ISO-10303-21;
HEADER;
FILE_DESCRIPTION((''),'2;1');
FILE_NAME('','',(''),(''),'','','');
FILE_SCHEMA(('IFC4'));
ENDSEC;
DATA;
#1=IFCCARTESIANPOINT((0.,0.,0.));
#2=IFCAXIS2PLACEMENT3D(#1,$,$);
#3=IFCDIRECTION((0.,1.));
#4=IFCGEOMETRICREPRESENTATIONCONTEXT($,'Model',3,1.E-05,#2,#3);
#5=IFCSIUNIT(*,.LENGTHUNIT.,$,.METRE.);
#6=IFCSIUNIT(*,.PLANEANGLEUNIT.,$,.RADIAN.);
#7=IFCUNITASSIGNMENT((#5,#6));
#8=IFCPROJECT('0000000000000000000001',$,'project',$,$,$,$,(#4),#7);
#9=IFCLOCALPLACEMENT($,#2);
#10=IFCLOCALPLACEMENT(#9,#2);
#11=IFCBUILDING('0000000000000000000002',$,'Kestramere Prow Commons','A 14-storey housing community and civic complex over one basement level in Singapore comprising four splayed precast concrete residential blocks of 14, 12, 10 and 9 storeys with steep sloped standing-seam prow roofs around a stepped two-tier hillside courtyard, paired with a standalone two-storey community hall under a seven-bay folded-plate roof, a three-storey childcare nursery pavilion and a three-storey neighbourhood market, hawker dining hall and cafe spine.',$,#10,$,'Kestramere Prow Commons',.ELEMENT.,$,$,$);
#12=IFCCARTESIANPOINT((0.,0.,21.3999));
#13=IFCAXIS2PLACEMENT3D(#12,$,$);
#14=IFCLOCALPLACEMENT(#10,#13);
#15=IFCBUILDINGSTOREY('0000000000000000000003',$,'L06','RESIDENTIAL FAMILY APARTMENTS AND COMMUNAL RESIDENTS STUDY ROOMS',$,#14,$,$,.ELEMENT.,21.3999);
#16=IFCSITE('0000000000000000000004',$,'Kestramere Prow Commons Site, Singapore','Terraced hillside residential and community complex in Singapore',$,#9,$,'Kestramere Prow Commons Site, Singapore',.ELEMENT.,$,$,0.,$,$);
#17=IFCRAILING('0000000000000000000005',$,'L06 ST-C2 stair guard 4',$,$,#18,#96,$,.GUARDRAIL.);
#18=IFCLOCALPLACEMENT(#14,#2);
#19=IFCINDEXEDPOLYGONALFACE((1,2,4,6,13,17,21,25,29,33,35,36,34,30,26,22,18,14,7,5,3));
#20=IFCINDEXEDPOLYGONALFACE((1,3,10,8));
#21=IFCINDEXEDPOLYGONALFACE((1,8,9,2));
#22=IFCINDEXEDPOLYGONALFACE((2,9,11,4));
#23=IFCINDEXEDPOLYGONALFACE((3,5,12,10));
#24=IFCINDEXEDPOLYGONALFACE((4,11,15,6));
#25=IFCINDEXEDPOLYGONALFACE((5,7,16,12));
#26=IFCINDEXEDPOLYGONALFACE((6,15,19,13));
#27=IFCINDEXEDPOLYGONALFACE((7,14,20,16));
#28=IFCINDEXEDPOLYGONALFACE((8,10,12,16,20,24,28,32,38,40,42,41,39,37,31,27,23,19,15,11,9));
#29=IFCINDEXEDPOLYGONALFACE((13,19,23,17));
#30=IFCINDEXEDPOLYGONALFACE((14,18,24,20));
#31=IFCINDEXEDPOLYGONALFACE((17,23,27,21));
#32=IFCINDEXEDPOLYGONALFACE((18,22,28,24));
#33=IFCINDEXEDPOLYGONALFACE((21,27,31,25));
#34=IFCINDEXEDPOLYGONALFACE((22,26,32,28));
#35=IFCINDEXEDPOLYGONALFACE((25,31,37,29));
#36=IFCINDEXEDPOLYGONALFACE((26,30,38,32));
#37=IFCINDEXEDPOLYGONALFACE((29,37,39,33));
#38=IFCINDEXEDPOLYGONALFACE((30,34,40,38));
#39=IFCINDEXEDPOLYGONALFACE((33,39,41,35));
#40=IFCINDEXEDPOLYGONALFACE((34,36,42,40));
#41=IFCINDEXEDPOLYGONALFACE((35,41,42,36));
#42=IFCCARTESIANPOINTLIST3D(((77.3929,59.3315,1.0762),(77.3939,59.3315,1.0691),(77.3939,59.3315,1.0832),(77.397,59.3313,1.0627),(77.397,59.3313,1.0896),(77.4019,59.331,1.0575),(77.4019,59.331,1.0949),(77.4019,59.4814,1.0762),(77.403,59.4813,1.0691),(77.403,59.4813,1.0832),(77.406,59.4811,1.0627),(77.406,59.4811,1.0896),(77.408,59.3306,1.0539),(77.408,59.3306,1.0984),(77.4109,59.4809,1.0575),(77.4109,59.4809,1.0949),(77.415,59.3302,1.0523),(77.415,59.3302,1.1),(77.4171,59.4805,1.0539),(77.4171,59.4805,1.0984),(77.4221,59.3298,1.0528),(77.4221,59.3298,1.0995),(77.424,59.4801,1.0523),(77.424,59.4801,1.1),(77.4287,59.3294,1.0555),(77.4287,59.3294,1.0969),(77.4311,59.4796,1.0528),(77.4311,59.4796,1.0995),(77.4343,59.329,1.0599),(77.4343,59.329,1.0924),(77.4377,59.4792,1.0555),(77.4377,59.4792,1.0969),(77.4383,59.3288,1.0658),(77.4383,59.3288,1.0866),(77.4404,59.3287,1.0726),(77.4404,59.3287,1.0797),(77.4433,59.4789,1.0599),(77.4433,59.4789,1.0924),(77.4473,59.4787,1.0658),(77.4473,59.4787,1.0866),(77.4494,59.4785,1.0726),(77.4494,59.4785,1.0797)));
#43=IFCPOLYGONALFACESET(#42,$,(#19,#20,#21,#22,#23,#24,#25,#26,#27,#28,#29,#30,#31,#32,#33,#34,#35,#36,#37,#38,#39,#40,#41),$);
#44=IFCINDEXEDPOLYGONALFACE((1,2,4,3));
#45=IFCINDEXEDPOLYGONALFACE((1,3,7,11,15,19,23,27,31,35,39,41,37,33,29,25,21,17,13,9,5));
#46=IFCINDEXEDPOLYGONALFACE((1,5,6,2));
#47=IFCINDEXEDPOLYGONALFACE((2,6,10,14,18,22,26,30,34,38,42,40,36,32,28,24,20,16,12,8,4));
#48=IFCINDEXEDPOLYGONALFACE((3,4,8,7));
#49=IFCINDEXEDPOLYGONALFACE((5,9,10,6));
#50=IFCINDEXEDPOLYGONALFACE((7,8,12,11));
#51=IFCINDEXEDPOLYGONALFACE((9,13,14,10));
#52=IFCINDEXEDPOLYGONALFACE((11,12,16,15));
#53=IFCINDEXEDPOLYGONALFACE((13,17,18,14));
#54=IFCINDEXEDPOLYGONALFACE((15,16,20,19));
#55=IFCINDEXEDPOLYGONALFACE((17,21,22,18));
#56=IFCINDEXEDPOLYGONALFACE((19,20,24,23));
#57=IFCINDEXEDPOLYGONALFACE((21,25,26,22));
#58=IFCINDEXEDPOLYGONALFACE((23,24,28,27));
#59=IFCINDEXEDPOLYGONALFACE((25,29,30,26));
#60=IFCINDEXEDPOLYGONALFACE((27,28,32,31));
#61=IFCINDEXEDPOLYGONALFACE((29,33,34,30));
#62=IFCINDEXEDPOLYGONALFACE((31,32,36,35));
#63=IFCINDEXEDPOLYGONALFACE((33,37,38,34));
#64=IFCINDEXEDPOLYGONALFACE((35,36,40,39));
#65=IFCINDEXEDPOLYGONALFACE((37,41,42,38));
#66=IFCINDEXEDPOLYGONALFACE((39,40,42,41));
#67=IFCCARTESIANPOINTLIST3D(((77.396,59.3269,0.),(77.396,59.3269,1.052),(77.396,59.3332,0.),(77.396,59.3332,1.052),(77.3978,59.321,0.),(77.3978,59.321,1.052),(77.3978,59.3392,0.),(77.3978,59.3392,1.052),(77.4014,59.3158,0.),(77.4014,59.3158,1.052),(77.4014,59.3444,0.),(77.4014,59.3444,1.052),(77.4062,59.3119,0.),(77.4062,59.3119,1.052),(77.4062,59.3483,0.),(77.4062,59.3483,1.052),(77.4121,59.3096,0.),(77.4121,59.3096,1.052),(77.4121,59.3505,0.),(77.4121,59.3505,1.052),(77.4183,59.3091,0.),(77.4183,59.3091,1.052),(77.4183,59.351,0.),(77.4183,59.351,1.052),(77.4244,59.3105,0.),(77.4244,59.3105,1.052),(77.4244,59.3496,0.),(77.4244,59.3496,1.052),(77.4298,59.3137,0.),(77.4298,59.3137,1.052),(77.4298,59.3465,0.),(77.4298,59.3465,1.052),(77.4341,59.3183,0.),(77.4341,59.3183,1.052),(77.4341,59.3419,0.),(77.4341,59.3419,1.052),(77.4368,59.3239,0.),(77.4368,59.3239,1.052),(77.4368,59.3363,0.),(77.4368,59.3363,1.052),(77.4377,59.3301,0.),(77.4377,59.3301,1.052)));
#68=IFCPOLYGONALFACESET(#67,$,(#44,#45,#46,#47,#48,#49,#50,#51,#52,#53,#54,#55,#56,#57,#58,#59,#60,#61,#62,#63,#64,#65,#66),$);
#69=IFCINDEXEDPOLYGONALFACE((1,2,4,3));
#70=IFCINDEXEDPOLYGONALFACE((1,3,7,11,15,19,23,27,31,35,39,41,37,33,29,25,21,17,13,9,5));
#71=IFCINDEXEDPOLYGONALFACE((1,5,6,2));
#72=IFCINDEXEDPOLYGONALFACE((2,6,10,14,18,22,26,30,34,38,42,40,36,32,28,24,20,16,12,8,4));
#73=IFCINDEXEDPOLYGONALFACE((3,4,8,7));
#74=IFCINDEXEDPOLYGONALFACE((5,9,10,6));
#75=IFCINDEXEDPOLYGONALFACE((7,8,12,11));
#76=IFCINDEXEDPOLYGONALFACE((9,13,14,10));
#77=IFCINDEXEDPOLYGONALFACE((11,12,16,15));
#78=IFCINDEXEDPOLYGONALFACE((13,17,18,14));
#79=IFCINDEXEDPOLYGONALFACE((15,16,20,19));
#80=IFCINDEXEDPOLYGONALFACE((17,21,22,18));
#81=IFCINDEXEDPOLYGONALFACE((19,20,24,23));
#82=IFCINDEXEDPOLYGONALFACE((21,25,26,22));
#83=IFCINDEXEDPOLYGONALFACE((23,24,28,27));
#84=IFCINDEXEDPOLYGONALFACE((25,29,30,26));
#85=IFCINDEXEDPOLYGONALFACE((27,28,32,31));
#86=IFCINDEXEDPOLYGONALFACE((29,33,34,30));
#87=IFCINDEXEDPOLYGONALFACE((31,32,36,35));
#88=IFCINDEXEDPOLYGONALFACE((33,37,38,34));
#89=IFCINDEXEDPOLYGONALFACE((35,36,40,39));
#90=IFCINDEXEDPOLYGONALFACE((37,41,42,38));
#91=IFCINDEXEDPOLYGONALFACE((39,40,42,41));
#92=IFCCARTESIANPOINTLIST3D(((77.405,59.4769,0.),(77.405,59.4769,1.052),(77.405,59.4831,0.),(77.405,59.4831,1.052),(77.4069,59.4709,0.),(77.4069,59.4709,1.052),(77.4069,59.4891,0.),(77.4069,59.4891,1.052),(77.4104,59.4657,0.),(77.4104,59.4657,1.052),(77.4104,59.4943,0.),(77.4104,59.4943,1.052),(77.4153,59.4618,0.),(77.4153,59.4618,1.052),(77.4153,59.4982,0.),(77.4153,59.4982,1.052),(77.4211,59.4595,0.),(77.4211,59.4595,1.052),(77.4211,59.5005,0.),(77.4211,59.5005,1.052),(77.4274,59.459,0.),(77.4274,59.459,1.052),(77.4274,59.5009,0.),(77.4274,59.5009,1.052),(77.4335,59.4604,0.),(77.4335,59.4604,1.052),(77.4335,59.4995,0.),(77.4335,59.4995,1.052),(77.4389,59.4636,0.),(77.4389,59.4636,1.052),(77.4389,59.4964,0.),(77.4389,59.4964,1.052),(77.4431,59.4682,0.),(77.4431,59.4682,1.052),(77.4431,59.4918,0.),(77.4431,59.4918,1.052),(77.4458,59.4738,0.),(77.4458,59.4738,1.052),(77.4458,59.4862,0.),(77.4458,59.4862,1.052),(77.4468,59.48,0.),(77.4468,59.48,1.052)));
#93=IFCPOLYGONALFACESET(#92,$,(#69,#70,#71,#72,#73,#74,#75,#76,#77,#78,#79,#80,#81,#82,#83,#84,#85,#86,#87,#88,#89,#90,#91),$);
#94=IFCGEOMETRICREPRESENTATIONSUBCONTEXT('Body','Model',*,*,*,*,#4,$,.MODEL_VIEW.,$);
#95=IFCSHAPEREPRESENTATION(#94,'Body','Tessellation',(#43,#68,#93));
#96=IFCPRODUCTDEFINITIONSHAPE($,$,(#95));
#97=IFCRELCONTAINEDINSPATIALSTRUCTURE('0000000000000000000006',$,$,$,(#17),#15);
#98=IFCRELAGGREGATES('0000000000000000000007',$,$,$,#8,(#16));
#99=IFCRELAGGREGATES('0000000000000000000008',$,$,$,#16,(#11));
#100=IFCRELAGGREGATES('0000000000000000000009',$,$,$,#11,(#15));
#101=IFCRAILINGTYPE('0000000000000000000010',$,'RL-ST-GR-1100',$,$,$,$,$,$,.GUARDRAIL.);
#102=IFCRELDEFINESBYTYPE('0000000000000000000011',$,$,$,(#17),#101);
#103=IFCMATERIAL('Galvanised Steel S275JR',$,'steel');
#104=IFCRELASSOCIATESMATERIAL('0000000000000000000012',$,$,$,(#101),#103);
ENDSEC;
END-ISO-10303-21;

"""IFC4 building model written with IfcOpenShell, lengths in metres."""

from ifc_helpers import new_model, si_unit, direction, frame, origin, origin_2d, place, context, subcontext, project, spatial, circle, extrude, material, type_object, element, save


model = new_model("IFC4")

# Units and contexts
model_context = context("Model", 3, precision=1e-05, world=origin(), true_north=direction((0.0, 1.0)))
body_context = subcontext(model_context, "Body", "Model", "MODEL_VIEW")
ifc_project = project(units=[si_unit("LENGTHUNIT", "METRE"), si_unit("PLANEANGLEUNIT", "RADIAN")], contexts=[model_context])

# Site, building, storey
site_placement = place(None, origin())
site = spatial("IfcSite", under=ifc_project, at=site_placement, Name="Kestramere Prow Commons Site, Singapore", Description="Terraced hillside residential and community complex in Singapore", LongName="Kestramere Prow Commons Site, Singapore", CompositionType="ELEMENT", RefElevation=0.0)
building_placement = place(site_placement, origin())
building = spatial("IfcBuilding", under=site, at=building_placement, Name="Kestramere Prow Commons", Description="A 14-storey housing community and civic complex over one basement level in Singapore comprising four splayed precast concrete residential blocks of 14, 12, 10 and 9 storeys with steep sloped standing-seam prow roofs around a stepped two-tier hillside courtyard, paired with a standalone two-storey community hall under a seven-bay folded-plate roof, a three-storey childcare nursery pavilion and a three-storey neighbourhood market, hawker dining hall and cafe spine.", LongName="Kestramere Prow Commons", CompositionType="ELEMENT")
storey_placement = place(building_placement, frame((0.0, 0.0, 21.3999)))
storey = spatial("IfcBuildingStorey", under=building, at=storey_placement, Name="L06", Description="RESIDENTIAL FAMILY APARTMENTS AND COMMUNAL RESIDENTS STUDY ROOMS", CompositionType="ELEMENT", Elevation=21.3999)

# Railing
ifc_material_1 = material(Name="Galvanised Steel S275JR", Category="steel")
railing_type_1 = type_object("IfcRailingType", Name="RL-ST-GR-1100", PredefinedType="GUARDRAIL", material=ifc_material_1)
railing_1_placement = place(storey_placement, frame((77.4167, 59.3301, 0.0)))
element("IfcRailing", 1, at=railing_1_placement, inside=storey, type_object=railing_type_1, Name="L06 ST-C2 stair guard 4", PredefinedType="GUARDRAIL", context=body_context, shape_type="SweptSolid", body=[
    extrude(circle(Radius=0.0239, at=origin_2d()), frame((0.0, 0.0, 1.0762), z_axis=(0.060151, 0.998189, 0.0), x_axis=(-0.998189, 0.060151, 0.0)), (0.0, 0.0, 1.0), 0.1501),
    extrude(circle(Radius=0.021, at=origin_2d()), origin(), (0.0, 0.0, 1.0), 1.052),
    extrude(circle(Radius=0.021, at=origin_2d()), frame((0.009, 0.1499, 0.0)), (0.0, 0.0, 1.0), 1.052),
])

save(model, "model.ifc")
